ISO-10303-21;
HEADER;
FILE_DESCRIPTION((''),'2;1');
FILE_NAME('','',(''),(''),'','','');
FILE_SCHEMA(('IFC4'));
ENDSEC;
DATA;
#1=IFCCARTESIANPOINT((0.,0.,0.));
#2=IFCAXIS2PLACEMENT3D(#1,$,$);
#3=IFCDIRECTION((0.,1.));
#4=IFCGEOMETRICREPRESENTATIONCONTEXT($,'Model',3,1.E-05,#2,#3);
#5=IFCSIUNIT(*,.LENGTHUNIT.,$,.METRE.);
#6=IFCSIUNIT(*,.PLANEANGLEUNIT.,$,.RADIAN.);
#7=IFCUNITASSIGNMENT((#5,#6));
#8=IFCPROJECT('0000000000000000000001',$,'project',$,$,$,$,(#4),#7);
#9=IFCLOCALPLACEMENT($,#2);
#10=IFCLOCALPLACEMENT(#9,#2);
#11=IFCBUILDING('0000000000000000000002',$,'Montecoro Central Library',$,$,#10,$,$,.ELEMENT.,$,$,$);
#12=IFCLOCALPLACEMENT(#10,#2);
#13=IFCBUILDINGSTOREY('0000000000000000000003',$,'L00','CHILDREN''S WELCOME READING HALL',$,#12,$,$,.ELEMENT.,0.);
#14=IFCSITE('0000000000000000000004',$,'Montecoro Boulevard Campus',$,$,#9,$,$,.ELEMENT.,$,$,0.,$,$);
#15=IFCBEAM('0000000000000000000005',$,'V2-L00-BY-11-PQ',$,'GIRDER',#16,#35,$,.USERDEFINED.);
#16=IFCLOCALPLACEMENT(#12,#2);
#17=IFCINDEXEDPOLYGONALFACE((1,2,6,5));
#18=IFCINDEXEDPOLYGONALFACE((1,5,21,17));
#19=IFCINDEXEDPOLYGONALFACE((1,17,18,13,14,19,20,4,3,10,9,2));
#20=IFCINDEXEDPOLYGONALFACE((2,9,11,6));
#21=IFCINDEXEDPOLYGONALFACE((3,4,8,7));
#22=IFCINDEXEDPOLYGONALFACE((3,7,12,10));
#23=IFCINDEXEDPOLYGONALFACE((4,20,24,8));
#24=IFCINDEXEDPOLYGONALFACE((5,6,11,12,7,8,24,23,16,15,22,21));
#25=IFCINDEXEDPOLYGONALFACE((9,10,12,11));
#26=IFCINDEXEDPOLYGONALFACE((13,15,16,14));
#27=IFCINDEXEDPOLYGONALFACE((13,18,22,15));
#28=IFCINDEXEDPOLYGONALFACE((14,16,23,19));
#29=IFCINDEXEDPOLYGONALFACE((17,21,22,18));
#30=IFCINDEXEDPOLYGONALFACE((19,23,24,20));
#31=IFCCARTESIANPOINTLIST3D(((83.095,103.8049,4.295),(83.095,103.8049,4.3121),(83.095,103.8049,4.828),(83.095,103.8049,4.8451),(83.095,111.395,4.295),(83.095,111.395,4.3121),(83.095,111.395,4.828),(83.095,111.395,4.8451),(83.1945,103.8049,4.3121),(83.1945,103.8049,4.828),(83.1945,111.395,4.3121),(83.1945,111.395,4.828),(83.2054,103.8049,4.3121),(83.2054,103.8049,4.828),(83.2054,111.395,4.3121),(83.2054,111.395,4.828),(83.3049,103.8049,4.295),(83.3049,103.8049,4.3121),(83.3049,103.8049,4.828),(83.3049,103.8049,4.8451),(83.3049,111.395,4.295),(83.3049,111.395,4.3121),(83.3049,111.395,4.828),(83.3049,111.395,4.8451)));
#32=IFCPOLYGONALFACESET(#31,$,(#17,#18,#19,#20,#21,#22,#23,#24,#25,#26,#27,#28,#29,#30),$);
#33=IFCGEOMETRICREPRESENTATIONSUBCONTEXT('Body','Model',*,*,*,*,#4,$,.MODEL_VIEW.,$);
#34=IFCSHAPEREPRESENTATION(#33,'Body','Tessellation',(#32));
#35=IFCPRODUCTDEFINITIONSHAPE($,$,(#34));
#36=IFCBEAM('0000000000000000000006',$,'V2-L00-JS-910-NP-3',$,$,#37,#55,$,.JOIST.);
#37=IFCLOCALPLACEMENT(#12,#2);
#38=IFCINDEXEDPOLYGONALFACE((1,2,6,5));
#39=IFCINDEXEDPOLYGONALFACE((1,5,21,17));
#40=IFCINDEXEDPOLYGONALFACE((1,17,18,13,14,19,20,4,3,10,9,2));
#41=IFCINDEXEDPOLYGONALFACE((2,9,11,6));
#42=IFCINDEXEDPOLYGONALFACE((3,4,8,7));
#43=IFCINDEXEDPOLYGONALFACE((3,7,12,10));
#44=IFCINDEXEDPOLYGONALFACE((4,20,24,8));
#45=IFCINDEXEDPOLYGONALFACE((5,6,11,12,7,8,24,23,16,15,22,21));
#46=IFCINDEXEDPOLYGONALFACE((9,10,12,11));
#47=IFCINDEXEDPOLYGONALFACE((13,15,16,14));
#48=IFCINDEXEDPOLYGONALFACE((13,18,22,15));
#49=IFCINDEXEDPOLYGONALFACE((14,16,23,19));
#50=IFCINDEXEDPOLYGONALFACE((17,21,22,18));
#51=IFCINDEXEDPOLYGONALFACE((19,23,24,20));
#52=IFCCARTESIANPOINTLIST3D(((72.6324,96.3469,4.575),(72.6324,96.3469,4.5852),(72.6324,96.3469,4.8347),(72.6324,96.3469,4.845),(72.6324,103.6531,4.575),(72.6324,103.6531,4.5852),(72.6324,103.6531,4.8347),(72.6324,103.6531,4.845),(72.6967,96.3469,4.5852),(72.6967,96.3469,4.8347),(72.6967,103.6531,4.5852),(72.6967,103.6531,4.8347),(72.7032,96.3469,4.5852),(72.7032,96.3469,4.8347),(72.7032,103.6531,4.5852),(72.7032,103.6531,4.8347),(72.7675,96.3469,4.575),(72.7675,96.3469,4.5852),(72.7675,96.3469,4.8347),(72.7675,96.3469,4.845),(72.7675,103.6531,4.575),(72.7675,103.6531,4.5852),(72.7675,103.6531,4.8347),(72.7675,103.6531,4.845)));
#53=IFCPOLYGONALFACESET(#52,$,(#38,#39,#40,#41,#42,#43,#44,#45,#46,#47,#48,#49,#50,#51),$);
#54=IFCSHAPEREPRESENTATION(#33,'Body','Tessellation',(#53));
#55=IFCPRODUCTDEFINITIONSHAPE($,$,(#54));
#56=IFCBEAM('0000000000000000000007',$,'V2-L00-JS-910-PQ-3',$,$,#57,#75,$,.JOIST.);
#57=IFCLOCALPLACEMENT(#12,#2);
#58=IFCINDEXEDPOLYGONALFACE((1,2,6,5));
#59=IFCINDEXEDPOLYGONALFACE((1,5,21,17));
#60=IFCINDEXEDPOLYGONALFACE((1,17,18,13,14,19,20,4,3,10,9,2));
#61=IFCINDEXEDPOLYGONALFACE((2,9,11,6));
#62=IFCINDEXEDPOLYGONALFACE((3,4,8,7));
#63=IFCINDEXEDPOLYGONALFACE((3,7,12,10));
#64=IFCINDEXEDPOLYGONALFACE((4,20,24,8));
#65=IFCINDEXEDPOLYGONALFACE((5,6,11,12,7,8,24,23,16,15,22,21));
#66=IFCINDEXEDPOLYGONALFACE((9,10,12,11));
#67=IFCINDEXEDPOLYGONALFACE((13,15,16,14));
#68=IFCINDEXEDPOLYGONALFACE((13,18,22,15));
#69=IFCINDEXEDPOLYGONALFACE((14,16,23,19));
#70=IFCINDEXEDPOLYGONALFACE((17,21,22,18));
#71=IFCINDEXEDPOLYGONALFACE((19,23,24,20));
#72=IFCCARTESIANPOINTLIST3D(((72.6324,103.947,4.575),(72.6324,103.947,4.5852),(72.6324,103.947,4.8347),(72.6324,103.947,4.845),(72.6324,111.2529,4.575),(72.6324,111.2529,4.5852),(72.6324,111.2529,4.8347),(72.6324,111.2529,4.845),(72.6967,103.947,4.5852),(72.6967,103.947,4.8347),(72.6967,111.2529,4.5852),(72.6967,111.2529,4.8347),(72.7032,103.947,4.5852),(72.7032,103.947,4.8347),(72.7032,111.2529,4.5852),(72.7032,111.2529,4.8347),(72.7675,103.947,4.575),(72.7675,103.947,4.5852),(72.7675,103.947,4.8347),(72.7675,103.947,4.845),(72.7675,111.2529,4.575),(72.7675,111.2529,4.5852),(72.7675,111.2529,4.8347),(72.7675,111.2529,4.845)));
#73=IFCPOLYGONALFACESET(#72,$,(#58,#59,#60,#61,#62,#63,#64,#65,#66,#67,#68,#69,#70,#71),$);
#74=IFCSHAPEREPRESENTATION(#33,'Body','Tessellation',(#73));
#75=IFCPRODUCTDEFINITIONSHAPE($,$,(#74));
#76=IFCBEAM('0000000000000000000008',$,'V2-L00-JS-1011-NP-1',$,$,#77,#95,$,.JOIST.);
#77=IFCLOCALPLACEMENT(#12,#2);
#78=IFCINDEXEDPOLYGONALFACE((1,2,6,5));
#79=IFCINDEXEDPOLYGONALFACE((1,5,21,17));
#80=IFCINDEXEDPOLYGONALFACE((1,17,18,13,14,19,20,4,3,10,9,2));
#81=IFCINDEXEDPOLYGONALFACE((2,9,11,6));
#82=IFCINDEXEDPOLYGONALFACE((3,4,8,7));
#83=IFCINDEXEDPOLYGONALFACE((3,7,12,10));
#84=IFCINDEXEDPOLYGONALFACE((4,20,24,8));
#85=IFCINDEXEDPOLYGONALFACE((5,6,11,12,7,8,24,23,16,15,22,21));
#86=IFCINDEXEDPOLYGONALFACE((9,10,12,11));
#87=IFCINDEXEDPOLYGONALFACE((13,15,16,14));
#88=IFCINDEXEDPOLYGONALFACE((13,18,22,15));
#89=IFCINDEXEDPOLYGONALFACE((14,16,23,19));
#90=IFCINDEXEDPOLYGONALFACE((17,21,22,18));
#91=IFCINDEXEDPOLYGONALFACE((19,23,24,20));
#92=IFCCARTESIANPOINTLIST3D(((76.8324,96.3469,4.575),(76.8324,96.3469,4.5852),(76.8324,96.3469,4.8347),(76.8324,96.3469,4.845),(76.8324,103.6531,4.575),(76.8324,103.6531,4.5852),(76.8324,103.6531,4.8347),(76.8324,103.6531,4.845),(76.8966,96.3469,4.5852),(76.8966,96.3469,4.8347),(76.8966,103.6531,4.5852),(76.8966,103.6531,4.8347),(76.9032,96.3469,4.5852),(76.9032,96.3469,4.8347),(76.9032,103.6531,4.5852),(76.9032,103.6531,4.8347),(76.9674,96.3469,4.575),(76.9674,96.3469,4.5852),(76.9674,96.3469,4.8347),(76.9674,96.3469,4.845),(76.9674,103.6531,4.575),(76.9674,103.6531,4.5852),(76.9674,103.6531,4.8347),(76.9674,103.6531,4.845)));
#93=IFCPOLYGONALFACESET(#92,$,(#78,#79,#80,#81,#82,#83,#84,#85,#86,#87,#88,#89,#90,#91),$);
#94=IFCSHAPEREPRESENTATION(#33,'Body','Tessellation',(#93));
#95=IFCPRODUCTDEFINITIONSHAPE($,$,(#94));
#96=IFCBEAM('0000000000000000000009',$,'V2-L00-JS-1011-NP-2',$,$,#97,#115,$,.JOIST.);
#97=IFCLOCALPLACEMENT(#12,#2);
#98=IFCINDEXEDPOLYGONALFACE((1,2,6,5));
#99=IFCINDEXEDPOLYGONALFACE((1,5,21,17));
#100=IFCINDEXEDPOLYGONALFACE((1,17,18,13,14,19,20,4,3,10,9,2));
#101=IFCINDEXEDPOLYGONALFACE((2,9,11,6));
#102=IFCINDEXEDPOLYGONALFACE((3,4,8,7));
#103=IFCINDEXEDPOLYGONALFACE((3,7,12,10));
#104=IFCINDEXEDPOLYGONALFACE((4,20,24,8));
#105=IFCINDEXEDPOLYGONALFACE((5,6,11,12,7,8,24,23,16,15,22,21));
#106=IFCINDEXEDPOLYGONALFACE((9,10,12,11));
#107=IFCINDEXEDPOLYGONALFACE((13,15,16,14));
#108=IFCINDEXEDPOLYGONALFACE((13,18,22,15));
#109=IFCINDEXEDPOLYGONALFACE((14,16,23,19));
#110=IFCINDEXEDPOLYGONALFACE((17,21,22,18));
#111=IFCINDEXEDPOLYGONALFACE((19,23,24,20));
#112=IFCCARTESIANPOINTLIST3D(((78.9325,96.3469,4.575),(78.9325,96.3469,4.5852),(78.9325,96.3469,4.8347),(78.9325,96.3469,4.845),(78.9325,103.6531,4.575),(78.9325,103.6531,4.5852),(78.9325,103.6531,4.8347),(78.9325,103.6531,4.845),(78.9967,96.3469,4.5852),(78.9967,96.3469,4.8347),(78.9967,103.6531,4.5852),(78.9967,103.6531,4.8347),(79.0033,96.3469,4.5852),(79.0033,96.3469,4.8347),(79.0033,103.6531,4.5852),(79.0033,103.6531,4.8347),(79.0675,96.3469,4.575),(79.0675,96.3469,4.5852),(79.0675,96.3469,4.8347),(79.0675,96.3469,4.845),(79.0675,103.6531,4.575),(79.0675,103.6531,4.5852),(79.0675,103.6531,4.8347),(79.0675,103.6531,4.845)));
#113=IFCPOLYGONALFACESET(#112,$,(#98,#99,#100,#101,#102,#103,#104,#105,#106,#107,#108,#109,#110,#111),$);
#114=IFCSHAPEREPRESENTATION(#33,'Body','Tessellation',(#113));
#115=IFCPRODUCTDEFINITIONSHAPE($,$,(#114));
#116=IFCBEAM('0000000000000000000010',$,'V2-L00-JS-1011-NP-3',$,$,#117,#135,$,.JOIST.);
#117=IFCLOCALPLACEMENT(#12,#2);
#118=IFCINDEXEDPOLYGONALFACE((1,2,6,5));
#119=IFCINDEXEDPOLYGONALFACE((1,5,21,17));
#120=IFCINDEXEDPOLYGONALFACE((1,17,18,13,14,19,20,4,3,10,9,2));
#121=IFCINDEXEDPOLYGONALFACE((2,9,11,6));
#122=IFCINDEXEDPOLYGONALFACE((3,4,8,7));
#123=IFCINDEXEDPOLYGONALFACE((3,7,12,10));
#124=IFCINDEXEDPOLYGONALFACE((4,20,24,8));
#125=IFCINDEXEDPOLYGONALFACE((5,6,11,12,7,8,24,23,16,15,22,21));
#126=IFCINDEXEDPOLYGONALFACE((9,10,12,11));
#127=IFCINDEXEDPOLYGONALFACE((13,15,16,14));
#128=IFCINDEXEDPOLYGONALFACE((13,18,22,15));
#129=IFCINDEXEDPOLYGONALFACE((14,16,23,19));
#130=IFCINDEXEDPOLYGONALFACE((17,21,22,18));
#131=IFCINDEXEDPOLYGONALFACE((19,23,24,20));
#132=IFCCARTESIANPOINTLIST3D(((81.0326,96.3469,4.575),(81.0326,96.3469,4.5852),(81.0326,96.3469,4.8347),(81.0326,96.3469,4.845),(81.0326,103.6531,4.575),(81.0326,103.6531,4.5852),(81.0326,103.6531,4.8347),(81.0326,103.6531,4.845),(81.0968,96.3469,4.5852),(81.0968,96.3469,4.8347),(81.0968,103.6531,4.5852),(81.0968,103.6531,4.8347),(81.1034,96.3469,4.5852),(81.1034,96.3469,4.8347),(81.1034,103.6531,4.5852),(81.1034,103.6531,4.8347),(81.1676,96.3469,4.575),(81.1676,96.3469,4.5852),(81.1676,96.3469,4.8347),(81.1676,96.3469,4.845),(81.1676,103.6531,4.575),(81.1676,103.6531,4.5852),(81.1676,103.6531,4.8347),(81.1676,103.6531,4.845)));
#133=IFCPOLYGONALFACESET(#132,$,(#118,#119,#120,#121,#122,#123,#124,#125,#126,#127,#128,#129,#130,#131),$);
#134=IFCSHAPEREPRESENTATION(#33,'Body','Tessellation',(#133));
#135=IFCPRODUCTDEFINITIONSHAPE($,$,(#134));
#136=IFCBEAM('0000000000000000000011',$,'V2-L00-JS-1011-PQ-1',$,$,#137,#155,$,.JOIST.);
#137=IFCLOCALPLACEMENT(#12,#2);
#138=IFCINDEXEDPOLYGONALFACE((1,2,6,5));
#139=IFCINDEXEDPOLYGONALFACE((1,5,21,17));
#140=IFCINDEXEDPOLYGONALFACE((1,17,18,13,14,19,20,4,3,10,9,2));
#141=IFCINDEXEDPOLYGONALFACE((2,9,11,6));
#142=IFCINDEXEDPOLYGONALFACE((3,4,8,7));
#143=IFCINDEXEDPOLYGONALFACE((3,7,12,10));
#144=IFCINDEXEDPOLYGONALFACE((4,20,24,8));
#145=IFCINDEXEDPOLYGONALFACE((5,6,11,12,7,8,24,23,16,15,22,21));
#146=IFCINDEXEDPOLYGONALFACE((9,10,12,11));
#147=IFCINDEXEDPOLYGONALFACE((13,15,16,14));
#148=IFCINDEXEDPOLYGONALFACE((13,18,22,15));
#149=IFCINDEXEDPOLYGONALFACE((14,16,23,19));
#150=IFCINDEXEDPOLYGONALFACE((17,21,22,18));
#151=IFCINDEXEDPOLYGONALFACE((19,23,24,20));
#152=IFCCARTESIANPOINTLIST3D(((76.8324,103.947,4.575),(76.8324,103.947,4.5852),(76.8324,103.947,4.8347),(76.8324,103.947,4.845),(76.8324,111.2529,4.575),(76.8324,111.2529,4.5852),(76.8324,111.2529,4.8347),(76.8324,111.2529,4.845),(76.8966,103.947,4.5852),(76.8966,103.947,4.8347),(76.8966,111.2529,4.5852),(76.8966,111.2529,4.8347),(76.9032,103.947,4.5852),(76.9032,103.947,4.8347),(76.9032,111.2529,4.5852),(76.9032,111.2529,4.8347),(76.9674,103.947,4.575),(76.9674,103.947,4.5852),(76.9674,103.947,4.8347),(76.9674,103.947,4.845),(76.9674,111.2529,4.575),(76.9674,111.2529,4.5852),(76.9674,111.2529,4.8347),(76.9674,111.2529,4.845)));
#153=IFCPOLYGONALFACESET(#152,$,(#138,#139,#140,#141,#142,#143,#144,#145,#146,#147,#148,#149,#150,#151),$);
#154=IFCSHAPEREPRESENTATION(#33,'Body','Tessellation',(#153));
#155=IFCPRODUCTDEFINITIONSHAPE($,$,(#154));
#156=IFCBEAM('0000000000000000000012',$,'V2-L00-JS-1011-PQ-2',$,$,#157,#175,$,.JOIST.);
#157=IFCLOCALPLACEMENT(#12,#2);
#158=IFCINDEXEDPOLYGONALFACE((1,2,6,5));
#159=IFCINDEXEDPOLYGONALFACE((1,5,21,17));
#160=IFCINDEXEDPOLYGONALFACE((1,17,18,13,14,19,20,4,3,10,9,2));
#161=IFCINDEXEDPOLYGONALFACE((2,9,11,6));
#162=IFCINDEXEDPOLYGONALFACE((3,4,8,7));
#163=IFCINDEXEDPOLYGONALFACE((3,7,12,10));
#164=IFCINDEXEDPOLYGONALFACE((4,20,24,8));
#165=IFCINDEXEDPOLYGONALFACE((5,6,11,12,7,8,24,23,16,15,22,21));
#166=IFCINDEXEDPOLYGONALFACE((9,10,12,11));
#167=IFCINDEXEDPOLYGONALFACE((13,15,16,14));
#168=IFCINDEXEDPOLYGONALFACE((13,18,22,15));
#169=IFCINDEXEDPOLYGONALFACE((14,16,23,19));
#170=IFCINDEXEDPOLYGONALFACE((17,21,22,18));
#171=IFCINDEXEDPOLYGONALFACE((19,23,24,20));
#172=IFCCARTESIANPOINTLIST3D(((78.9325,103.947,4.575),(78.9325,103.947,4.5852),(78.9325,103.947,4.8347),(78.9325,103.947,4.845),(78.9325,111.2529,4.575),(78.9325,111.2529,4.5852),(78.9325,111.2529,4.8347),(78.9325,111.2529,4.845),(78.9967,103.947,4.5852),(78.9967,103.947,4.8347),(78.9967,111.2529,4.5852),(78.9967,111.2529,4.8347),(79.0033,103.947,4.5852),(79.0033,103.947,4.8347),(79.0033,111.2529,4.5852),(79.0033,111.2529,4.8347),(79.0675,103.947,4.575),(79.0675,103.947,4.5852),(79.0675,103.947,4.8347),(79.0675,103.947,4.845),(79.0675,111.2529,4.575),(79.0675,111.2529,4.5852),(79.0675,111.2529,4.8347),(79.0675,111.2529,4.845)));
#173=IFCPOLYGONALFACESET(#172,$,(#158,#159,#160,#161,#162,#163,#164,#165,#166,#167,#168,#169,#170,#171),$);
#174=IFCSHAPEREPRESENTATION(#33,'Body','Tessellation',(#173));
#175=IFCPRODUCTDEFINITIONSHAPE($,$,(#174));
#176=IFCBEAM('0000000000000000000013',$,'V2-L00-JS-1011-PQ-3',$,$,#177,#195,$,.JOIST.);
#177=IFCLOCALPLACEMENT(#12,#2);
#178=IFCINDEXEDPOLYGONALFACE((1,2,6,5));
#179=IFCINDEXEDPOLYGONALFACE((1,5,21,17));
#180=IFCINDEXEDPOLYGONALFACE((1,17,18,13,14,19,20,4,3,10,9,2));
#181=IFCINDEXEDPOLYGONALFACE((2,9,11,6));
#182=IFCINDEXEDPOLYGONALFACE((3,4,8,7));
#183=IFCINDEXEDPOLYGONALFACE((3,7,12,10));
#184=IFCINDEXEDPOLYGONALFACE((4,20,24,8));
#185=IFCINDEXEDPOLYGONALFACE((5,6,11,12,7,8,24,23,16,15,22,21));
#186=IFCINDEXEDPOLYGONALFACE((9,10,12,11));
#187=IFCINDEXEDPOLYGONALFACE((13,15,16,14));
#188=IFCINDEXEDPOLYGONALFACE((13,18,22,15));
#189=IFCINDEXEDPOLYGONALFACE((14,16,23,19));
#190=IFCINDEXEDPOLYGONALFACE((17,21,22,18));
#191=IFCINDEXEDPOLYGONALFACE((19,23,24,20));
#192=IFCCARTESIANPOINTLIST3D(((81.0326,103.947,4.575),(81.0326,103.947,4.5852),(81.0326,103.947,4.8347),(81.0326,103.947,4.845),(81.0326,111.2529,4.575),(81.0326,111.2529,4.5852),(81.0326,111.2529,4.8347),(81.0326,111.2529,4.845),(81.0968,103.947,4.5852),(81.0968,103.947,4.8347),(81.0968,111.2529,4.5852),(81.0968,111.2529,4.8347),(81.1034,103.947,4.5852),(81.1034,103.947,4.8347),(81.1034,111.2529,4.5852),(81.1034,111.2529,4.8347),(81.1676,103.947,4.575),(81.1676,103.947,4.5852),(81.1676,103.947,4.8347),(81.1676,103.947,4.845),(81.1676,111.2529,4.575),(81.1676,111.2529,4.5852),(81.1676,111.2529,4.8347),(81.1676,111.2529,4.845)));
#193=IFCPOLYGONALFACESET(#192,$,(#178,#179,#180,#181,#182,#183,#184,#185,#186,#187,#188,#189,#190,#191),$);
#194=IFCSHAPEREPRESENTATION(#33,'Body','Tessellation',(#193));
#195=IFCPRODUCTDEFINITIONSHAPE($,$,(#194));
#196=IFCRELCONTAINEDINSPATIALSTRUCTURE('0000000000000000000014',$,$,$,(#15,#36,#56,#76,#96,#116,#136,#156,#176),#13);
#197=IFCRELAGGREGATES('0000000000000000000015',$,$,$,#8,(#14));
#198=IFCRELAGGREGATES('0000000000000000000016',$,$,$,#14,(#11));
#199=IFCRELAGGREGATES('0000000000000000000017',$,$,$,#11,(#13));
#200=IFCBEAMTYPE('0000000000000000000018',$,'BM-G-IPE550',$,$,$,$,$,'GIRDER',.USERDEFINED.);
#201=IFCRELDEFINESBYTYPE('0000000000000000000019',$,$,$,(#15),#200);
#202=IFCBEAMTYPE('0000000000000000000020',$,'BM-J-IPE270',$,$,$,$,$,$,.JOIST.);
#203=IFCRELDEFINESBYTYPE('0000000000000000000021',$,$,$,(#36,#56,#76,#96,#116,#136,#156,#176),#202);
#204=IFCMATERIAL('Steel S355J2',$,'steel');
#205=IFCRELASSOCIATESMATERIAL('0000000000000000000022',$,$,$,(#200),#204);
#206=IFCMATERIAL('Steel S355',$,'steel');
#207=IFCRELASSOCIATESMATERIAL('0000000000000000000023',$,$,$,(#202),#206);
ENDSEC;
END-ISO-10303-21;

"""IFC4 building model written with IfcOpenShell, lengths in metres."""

from ifc_helpers import new_model, si_unit, direction, frame, origin, origin_2d, place, context, subcontext, project, spatial, i_section, extrude, material, material_profile, profile_set, type_object, element, save


model = new_model("IFC4")

# Units and contexts
model_context = context("Model", 3, precision=1e-05, world=origin(), true_north=direction((0.0, 1.0)))
body_context = subcontext(model_context, "Body", "Model", "MODEL_VIEW")
ifc_project = project(units=[si_unit("LENGTHUNIT", "METRE"), si_unit("PLANEANGLEUNIT", "RADIAN")], contexts=[model_context])

# Site, building, storey
site_placement = place(None, origin())
site = spatial("IfcSite", under=ifc_project, at=site_placement, Name="Montecoro Boulevard Campus", CompositionType="ELEMENT", RefElevation=0.0)
building_placement = place(site_placement, origin())
building = spatial("IfcBuilding", under=site, at=building_placement, Name="Montecoro Central Library", CompositionType="ELEMENT")
storey_placement = place(building_placement, origin())
storey = spatial("IfcBuildingStorey", under=building, at=storey_placement, Name="L00", Description="CHILDREN'S WELCOME READING HALL", CompositionType="ELEMENT", Elevation=0.0)

# Shared definitions
ifc_material_1 = material(Name="Steel S355J2", Category="steel")

# Beams
ifc_material_profile_1 = material_profile(ifc_material_1, i_section(OverallWidth=0.21, OverallDepth=0.55, WebThickness=0.011, FlangeThickness=0.0171, at=origin_2d()), Name="IPE 550")
ifc_profile_set_1 = profile_set([ifc_material_profile_1], Name="Steel S355J2")
beam_type_1 = type_object("IfcBeamType", Name="BM-G-IPE550", ElementType="GIRDER", PredefinedType="USERDEFINED", material=ifc_profile_set_1)
beam_1_placement = place(storey_placement, frame((83.2, 103.8049, 4.5701), z_axis=(0.0, 1.0, 0.0), x_axis=(-1.0, 0.0, 0.0)))
element("IfcBeam", 1, at=beam_1_placement, inside=storey, type_object=beam_type_1, Name="V2-L00-BY-11-PQ", ObjectType="GIRDER", PredefinedType="USERDEFINED", context=body_context, shape_type="SweptSolid", body=[
    extrude(i_section(OverallWidth=0.21, OverallDepth=0.55, WebThickness=0.011, FlangeThickness=0.0171, at=origin_2d()), origin(), (0.0, 0.0, 1.0), 7.5901),
])
ifc_material_2 = material(Name="Steel S355", Category="steel")
ifc_material_profile_2 = material_profile(ifc_material_2, i_section(OverallWidth=0.135, OverallDepth=0.27, WebThickness=0.0066, FlangeThickness=0.0103, at=origin_2d()), Name="IPE 270")
ifc_profile_set_2 = profile_set([ifc_material_profile_2], Name="Steel S355")
beam_type_2 = type_object("IfcBeamType", Name="BM-J-IPE270", PredefinedType="JOIST", material=ifc_profile_set_2)
beam_2_placement = place(storey_placement, frame((72.7, 96.3469, 4.71), z_axis=(0.0, 1.0, 0.0), x_axis=(-1.0, 0.0, 0.0)))
element("IfcBeam", 2, at=beam_2_placement, inside=storey, type_object=beam_type_2, Name="V2-L00-JS-910-NP-3", PredefinedType="JOIST", context=body_context, shape_type="SweptSolid", body=[
    extrude(i_section(OverallWidth=0.135, OverallDepth=0.27, WebThickness=0.0066, FlangeThickness=0.0103, at=origin_2d()), origin(), (0.0, 0.0, 1.0), 7.3062),
])
beam_3_placement = place(storey_placement, frame((72.7, 103.947, 4.71), z_axis=(0.0, 1.0, 0.0), x_axis=(-1.0, 0.0, 0.0)))
element("IfcBeam", 3, at=beam_3_placement, inside=storey, type_object=beam_type_2, Name="V2-L00-JS-910-PQ-3", PredefinedType="JOIST", context=body_context, shape_type="SweptSolid", body=[
    extrude(i_section(OverallWidth=0.135, OverallDepth=0.27, WebThickness=0.0066, FlangeThickness=0.0103, at=origin_2d()), origin(), (0.0, 0.0, 1.0), 7.3059),
])
for number, where, z_axis, x_axis, name in (
    (4, (76.8999, 96.3469, 4.71), (0.0, 1.0, 0.0), (-1.0, 0.0, 0.0), "V2-L00-JS-1011-NP-1"),
    (5, (79.0, 96.3469, 4.71), (0.0, 1.0, 0.0), (-1.0, 0.0, 0.0), "V2-L00-JS-1011-NP-2"),
    (6, (81.1001, 96.3469, 4.71), (0.0, 1.0, 0.0), (-1.0, 0.0, 0.0), "V2-L00-JS-1011-NP-3"),
):
    element("IfcBeam", number, at=place(storey_placement, frame(where, z_axis=z_axis, x_axis=x_axis)), inside=storey, type_object=beam_type_2, Name=name, PredefinedType="JOIST", context=body_context, shape_type="SweptSolid", body=[
        extrude(i_section(OverallWidth=0.135, OverallDepth=0.27, WebThickness=0.0066, FlangeThickness=0.0103, at=origin_2d()), origin(), (0.0, 0.0, 1.0), 7.3062),
    ])
for number, where, z_axis, x_axis, name in (
    (7, (76.8999, 103.947, 4.71), (0.0, 1.0, 0.0), (-1.0, 0.0, 0.0), "V2-L00-JS-1011-PQ-1"),
    (8, (79.0, 103.947, 4.71), (0.0, 1.0, 0.0), (-1.0, 0.0, 0.0), "V2-L00-JS-1011-PQ-2"),
    (9, (81.1001, 103.947, 4.71), (0.0, 1.0, 0.0), (-1.0, 0.0, 0.0), "V2-L00-JS-1011-PQ-3"),
):
    element("IfcBeam", number, at=place(storey_placement, frame(where, z_axis=z_axis, x_axis=x_axis)), inside=storey, type_object=beam_type_2, Name=name, PredefinedType="JOIST", context=body_context, shape_type="SweptSolid", body=[
        extrude(i_section(OverallWidth=0.135, OverallDepth=0.27, WebThickness=0.0066, FlangeThickness=0.0103, at=origin_2d()), origin(), (0.0, 0.0, 1.0), 7.3059),
    ])

save(model, "model.ifc")
